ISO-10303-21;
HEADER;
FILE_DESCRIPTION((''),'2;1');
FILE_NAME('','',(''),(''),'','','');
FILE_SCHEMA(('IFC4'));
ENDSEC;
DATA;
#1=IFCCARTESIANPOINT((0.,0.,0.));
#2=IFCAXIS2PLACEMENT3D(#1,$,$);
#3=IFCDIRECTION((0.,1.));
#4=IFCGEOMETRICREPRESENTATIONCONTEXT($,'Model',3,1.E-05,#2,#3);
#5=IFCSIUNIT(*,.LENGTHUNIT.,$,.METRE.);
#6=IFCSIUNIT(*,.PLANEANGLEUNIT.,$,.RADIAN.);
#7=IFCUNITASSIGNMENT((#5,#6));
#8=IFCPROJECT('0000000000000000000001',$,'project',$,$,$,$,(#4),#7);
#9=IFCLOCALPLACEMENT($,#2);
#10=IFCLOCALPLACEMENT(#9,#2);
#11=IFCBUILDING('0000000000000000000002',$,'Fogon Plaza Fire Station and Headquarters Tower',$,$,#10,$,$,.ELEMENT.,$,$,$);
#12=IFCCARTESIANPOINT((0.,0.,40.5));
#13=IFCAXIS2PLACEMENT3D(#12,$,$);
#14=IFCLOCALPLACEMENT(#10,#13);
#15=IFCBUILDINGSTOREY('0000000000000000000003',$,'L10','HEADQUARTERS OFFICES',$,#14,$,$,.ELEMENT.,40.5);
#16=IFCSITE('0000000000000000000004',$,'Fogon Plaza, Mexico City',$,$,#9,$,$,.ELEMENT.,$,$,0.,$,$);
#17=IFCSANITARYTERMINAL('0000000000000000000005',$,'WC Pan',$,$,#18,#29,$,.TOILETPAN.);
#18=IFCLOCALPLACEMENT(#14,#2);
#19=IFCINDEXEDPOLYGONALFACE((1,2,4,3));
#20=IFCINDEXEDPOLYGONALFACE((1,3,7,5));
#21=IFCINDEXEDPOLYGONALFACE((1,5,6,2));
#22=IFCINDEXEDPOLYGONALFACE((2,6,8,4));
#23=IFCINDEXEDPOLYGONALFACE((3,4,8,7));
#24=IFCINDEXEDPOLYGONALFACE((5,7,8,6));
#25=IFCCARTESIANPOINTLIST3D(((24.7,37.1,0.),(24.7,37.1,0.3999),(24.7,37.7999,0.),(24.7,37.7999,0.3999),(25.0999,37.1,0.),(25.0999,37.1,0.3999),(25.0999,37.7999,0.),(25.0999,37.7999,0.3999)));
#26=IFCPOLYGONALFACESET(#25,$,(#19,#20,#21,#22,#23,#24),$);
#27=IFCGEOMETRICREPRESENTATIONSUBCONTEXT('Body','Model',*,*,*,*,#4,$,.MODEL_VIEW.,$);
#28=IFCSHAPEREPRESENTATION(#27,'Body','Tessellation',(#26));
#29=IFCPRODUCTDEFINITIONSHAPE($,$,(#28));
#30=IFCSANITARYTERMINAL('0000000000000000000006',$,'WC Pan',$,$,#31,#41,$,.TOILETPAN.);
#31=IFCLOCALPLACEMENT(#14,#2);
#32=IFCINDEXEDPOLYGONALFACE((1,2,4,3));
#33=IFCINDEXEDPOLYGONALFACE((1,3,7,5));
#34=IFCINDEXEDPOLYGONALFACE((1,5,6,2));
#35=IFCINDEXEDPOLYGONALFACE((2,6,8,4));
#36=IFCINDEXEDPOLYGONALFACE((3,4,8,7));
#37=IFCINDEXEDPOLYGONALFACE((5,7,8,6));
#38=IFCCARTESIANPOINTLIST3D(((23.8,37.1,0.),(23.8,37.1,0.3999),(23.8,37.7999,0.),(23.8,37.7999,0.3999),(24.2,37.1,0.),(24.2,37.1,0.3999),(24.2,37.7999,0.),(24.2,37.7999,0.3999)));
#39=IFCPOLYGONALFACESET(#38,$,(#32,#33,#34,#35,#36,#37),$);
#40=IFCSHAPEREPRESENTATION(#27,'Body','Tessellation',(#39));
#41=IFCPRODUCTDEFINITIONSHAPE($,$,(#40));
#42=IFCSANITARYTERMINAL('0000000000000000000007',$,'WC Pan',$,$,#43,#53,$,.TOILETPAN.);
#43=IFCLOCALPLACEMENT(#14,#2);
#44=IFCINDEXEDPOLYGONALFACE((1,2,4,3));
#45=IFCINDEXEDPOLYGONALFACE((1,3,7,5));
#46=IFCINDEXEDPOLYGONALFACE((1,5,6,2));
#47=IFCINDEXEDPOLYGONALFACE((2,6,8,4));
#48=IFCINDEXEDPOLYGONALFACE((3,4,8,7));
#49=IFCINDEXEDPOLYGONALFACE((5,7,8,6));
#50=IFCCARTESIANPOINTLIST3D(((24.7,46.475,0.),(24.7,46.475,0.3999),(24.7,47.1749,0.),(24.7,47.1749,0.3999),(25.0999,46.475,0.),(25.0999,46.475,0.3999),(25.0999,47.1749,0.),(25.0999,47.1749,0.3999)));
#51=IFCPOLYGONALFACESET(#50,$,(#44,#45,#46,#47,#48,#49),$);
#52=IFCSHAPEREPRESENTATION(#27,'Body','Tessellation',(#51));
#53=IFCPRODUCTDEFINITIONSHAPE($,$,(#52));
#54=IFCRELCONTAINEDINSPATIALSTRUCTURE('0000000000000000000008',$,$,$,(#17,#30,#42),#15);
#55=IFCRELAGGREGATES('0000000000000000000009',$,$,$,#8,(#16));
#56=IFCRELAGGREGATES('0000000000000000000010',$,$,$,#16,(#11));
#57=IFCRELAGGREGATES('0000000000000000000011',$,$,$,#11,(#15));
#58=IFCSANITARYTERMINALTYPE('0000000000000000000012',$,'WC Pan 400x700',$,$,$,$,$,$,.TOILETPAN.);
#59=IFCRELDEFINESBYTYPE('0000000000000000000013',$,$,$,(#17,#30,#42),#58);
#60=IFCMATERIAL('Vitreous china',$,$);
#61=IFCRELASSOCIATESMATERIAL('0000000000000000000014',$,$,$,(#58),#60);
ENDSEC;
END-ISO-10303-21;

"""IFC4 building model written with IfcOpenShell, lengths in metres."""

from ifc_helpers import new_model, si_unit, direction, frame, origin, origin_2d, place, context, subcontext, project, spatial, rectangle, extrude, material, type_object, element, save


model = new_model("IFC4")

# Units and contexts
model_context = context("Model", 3, precision=1e-05, world=origin(), true_north=direction((0.0, 1.0)))
body_context = subcontext(model_context, "Body", "Model", "MODEL_VIEW")
ifc_project = project(units=[si_unit("LENGTHUNIT", "METRE"), si_unit("PLANEANGLEUNIT", "RADIAN")], contexts=[model_context])

# Site, building, storey
site_placement = place(None, origin())
site = spatial("IfcSite", under=ifc_project, at=site_placement, Name="Fogon Plaza, Mexico City", CompositionType="ELEMENT", RefElevation=0.0)
building_placement = place(site_placement, origin())
building = spatial("IfcBuilding", under=site, at=building_placement, Name="Fogon Plaza Fire Station and Headquarters Tower", CompositionType="ELEMENT")
storey_placement = place(building_placement, frame((0.0, 0.0, 40.5)))
storey = spatial("IfcBuildingStorey", under=building, at=storey_placement, Name="L10", Description="HEADQUARTERS OFFICES", CompositionType="ELEMENT", Elevation=40.5)

# Sanitary terminals
ifc_material_1 = material(Name="Vitreous china")
sanitary_terminal_type_1 = type_object("IfcSanitaryTerminalType", Name="WC Pan 400x700", PredefinedType="TOILETPAN", material=ifc_material_1)
for number, where, z_axis, x_axis, name in (
    (1, (24.8999, 37.45, 0.0), (0.0, 0.0, 1.0), (1.0, 0.0, 0.0), "WC Pan"),
    (2, (24.0, 37.45, 0.0), (0.0, 0.0, 1.0), (1.0, 0.0, 0.0), "WC Pan"),
    (3, (24.8999, 46.825, 0.0), (0.0, 0.0, 1.0), (1.0, 0.0, 0.0), "WC Pan"),
):
    element("IfcSanitaryTerminal", number, at=place(storey_placement, frame(where, z_axis=z_axis, x_axis=x_axis)), inside=storey, type_object=sanitary_terminal_type_1, Name=name, PredefinedType="TOILETPAN", context=body_context, shape_type="SweptSolid", body=[
        extrude(rectangle(XDim=0.3999, YDim=0.7, at=origin_2d()), origin(), (0.0, 0.0, 1.0), 0.3999),
    ])

save(model, "model.ifc")
